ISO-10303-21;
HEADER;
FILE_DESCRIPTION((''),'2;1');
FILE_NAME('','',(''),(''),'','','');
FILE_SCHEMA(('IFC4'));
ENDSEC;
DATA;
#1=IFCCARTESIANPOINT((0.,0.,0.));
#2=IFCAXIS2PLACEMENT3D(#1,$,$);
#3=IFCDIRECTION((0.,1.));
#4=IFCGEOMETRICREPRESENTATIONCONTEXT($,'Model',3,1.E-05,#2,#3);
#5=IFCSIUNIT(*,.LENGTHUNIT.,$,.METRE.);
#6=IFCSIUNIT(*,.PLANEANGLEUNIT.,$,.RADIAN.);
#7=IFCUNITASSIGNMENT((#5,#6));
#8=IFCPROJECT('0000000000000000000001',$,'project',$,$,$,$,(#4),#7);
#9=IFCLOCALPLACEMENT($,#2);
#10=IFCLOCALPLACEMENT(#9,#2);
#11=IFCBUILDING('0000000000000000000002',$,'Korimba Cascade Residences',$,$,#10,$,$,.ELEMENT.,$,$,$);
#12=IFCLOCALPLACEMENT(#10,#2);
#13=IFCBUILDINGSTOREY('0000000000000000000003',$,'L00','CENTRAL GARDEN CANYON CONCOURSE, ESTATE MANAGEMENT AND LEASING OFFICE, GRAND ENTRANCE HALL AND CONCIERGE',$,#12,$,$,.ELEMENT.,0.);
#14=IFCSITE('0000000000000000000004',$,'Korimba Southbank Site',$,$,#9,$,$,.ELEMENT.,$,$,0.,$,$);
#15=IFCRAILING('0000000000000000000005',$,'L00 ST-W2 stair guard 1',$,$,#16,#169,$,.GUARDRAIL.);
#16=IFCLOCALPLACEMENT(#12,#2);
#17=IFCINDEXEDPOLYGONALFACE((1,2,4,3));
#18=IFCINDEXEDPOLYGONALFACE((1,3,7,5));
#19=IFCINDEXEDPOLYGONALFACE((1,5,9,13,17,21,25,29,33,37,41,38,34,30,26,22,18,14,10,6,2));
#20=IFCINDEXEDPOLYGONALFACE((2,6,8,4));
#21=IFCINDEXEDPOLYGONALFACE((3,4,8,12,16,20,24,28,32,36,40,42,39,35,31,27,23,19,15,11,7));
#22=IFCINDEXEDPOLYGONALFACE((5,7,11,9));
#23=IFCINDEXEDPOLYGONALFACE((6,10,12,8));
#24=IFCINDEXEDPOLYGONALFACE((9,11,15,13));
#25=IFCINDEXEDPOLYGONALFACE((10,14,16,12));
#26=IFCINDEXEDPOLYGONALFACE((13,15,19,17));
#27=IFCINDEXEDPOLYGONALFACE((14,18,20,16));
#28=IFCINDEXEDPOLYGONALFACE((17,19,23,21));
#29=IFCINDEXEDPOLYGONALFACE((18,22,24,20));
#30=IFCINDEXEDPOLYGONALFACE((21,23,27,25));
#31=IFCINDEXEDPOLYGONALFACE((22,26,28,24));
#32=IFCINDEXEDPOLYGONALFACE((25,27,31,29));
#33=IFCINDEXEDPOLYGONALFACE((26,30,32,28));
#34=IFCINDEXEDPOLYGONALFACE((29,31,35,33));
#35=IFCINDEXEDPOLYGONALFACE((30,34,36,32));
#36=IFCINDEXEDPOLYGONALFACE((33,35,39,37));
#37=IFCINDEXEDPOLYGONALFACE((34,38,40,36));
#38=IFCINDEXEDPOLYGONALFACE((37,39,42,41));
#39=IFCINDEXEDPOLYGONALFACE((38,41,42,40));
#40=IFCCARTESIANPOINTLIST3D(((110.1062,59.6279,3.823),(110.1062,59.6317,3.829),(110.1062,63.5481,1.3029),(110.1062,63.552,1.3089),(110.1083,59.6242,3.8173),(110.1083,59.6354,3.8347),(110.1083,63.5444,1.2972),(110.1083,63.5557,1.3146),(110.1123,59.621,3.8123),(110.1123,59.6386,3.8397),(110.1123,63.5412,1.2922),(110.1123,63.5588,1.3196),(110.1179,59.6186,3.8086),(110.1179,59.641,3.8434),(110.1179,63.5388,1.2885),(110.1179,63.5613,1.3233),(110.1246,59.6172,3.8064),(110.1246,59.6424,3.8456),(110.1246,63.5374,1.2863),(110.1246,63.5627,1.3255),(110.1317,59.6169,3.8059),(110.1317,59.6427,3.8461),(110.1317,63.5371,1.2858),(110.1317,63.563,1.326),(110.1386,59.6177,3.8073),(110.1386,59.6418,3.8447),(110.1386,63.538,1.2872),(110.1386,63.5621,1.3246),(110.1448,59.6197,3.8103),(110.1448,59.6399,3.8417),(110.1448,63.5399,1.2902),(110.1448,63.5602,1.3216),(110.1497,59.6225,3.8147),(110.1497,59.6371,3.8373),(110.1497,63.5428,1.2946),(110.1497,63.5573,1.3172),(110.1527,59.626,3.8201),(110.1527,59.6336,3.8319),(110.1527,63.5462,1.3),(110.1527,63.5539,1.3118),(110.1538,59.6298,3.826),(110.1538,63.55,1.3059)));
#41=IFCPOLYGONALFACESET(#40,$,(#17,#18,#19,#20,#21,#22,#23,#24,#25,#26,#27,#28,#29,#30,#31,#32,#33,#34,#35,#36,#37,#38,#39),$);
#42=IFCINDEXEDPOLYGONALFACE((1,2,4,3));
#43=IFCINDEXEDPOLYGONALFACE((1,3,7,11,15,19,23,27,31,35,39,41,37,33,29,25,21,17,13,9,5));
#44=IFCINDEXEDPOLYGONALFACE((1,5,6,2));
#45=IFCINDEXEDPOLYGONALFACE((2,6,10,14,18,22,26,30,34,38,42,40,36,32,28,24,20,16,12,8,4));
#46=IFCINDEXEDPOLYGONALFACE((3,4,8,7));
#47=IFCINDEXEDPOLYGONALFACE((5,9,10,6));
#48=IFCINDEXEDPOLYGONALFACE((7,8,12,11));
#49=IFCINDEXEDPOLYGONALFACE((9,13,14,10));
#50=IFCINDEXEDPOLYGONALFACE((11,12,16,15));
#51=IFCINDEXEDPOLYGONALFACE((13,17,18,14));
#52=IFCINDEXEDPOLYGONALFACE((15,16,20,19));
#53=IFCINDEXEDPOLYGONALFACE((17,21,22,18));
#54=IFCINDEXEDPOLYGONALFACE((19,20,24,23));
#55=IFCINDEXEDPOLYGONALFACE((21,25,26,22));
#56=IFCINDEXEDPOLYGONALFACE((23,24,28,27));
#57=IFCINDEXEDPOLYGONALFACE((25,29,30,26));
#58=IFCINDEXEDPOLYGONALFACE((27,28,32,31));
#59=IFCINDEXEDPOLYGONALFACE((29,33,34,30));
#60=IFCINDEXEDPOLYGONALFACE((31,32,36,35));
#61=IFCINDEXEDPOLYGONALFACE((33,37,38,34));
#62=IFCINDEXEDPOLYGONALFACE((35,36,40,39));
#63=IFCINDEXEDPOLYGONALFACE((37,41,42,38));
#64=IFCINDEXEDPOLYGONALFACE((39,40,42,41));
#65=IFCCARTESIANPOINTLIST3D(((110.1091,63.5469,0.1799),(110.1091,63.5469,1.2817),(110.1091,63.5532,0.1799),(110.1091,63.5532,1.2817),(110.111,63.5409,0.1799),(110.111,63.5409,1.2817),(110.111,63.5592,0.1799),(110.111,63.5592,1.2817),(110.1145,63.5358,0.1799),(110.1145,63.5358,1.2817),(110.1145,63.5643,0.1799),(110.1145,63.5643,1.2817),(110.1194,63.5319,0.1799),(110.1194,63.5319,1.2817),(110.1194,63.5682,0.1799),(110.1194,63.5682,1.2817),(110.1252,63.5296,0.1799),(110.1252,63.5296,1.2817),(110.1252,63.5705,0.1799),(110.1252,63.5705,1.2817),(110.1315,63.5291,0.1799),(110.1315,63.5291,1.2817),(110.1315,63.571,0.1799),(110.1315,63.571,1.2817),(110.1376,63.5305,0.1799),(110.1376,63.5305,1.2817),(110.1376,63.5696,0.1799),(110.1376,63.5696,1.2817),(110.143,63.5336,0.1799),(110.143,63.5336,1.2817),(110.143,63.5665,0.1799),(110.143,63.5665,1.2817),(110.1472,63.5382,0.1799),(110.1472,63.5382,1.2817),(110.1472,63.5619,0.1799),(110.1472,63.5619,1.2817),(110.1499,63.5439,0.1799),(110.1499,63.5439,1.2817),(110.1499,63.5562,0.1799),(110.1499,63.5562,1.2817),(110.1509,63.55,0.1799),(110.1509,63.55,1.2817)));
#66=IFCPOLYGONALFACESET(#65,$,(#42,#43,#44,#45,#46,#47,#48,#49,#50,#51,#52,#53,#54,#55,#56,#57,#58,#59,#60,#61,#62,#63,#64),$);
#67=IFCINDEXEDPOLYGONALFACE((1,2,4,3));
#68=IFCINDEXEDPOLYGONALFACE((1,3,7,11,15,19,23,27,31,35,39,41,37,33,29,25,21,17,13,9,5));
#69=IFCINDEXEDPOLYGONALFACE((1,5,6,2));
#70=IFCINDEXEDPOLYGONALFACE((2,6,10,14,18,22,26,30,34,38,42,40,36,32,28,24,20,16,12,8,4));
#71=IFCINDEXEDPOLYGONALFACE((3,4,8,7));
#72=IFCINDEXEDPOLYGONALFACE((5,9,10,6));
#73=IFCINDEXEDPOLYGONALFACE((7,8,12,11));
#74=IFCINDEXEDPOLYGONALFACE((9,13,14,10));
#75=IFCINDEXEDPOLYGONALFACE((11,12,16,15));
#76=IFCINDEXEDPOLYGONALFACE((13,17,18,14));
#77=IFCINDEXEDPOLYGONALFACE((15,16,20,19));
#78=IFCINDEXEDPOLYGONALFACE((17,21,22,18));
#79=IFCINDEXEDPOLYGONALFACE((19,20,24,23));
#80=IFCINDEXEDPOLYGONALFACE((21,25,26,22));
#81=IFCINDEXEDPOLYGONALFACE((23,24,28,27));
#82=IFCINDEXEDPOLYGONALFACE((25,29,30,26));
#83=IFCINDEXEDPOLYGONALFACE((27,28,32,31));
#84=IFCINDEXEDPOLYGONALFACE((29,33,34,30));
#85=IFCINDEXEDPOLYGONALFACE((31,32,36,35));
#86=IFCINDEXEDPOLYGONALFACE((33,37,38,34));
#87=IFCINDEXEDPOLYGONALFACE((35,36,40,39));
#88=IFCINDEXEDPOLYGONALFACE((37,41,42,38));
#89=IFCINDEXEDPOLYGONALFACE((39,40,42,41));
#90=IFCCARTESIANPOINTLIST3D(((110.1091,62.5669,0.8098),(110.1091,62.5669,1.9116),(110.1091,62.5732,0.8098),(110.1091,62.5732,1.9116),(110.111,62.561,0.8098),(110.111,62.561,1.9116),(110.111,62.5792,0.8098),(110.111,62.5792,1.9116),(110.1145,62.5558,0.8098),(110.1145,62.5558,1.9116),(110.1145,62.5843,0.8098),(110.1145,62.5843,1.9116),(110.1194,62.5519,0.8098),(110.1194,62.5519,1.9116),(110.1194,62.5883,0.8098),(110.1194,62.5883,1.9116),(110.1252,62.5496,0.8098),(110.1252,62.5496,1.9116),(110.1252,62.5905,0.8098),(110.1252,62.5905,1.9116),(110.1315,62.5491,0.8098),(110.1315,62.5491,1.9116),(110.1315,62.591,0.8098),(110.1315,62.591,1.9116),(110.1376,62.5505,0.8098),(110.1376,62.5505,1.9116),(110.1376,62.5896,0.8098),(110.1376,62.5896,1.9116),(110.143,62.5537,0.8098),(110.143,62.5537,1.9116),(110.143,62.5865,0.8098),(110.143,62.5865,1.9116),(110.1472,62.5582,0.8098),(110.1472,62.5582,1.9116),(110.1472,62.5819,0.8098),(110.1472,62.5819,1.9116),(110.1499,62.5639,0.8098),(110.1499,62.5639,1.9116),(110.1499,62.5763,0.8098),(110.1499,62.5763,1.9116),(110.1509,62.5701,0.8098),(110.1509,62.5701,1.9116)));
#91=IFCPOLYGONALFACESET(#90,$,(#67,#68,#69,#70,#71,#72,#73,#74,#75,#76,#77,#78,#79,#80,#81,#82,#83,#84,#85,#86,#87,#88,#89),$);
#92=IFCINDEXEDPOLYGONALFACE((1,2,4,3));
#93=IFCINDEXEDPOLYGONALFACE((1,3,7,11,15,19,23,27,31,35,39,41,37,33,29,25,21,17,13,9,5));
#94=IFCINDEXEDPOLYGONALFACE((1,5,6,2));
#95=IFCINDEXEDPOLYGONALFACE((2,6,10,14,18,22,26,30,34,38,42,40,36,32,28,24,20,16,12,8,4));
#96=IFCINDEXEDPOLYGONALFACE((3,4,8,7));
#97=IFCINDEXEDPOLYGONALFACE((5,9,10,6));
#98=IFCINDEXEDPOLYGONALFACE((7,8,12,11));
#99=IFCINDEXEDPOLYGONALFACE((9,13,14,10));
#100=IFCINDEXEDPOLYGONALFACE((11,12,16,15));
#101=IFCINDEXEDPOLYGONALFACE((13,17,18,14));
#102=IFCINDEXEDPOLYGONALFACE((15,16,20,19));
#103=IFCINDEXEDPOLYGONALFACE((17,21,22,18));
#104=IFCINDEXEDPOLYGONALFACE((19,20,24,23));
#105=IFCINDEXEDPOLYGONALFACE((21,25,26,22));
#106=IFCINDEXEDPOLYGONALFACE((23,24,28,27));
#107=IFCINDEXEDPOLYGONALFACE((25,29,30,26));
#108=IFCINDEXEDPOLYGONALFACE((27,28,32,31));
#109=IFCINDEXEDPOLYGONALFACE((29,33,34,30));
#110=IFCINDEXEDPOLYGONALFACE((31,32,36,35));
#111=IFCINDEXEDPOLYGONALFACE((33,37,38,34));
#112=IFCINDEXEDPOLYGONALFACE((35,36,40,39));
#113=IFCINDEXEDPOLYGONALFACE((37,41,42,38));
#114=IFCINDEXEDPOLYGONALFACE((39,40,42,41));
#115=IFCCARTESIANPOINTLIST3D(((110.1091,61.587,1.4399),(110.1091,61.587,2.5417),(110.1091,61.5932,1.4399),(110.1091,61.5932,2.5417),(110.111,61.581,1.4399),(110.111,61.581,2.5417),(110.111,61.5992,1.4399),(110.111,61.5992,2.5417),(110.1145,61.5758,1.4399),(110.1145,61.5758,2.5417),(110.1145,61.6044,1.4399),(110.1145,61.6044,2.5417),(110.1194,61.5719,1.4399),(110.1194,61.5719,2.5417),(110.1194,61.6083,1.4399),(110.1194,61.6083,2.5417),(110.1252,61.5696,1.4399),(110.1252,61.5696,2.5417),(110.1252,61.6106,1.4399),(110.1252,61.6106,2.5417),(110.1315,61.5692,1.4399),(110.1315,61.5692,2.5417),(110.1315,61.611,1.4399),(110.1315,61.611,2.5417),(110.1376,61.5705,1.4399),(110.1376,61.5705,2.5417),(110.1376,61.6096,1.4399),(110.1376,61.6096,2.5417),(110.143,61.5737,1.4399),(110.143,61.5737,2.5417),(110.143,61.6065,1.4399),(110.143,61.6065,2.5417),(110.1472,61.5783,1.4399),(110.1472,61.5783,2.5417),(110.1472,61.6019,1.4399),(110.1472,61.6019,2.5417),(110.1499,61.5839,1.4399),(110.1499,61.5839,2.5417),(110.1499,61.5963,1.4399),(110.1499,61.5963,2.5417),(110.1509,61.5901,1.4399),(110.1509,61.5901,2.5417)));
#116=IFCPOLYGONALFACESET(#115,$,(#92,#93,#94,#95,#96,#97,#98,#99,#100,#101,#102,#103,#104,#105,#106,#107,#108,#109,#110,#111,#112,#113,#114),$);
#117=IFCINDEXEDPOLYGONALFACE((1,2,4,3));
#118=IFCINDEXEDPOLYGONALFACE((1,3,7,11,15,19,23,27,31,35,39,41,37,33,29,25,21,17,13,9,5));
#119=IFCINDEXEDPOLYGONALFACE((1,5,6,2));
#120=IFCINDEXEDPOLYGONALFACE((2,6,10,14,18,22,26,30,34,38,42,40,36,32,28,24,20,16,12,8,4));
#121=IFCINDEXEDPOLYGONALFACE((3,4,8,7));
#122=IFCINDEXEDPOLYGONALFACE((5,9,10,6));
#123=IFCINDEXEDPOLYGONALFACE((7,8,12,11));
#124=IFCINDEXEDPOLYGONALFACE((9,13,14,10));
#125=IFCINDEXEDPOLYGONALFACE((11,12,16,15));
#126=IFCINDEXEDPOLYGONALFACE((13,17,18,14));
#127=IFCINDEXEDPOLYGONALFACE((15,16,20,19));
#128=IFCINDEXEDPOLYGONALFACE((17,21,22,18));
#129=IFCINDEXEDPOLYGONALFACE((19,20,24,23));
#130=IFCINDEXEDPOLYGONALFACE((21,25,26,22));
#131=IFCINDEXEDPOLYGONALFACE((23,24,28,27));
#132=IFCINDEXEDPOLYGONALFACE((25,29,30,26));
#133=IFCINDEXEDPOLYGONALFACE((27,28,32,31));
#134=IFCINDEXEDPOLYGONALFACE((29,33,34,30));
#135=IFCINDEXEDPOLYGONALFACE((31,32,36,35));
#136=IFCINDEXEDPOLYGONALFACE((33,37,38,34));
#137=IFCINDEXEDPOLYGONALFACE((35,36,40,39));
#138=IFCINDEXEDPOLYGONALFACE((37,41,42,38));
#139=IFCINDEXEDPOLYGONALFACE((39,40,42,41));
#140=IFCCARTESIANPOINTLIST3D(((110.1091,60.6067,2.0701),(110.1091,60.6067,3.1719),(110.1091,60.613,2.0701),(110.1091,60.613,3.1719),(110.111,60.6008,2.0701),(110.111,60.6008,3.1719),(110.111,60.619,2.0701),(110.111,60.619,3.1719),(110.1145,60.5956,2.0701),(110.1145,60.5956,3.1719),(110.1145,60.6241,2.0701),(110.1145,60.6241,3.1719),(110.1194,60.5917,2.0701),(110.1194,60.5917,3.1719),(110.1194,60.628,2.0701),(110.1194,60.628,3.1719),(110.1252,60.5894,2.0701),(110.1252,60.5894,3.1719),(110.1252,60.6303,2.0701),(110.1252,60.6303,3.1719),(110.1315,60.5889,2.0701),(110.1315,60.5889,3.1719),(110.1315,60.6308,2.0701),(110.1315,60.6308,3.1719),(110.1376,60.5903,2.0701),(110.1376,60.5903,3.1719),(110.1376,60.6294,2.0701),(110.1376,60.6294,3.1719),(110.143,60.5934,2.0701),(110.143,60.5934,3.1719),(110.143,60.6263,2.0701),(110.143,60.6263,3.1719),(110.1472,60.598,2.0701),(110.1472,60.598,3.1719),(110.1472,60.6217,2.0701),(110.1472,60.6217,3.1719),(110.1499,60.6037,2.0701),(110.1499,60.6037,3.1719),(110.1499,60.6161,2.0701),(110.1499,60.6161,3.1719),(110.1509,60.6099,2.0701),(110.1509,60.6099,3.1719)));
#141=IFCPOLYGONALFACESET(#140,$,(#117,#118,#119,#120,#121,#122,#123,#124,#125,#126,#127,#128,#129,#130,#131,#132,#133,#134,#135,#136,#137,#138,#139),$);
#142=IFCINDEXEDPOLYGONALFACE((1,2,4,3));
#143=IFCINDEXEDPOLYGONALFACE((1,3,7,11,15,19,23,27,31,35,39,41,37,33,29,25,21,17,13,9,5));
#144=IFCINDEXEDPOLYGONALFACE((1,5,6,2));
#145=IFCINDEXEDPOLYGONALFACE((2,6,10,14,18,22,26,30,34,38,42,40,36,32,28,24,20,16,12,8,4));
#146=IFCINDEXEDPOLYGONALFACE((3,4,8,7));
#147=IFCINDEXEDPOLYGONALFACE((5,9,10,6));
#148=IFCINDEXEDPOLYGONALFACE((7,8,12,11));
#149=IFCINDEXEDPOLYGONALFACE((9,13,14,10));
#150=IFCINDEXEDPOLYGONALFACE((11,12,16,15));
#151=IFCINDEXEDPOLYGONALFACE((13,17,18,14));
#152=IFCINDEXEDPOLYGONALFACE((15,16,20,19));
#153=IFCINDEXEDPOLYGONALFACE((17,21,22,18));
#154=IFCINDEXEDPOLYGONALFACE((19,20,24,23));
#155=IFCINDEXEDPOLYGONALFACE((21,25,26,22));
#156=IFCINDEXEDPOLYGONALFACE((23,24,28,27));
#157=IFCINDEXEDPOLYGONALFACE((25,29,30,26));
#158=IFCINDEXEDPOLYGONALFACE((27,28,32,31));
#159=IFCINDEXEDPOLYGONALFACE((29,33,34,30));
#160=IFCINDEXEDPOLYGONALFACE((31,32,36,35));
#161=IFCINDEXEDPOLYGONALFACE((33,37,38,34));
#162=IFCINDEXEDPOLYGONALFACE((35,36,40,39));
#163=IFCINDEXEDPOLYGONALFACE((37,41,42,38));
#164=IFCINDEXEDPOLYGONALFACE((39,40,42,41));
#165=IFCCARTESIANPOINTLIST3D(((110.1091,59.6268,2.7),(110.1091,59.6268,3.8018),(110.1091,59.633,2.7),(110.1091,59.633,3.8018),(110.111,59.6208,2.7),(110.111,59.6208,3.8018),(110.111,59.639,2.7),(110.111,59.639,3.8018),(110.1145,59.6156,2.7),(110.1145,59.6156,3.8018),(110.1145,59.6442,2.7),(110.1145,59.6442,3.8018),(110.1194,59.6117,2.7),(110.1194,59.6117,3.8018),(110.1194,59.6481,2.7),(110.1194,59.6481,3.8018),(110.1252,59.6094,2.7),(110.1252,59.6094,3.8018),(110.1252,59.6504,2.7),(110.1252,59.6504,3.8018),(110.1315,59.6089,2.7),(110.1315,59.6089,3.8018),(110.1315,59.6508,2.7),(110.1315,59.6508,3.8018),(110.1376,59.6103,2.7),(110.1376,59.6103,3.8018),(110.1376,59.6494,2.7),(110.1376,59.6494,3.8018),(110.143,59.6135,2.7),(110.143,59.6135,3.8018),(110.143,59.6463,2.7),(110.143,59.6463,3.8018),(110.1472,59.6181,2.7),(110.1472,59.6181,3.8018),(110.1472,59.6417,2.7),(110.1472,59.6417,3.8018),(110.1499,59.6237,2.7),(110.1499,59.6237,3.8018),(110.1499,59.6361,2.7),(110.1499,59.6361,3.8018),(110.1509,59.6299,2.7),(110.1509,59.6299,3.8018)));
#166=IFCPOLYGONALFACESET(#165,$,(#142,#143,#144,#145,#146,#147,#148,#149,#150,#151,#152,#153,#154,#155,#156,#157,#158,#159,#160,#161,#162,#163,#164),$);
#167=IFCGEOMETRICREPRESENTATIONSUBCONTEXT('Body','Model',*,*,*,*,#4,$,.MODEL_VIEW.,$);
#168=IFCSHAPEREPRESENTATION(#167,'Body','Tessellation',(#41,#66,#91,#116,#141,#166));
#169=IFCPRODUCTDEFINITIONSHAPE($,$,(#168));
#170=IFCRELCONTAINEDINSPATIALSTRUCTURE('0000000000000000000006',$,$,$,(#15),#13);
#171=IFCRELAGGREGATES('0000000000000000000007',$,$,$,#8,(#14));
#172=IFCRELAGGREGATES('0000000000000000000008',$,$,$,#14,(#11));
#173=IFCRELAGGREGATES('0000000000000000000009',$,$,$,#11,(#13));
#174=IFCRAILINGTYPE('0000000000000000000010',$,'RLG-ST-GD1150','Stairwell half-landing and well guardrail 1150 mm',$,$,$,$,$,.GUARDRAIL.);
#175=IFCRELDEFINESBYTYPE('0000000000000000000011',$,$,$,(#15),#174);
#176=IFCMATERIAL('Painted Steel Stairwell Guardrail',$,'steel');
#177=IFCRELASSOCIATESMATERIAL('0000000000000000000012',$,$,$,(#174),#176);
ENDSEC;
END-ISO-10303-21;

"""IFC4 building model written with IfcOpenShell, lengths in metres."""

from ifc_helpers import new_model, si_unit, direction, frame, origin, origin_2d, place, context, subcontext, project, spatial, circle, extrude, material, type_object, element, save


model = new_model("IFC4")

# Units and contexts
model_context = context("Model", 3, precision=1e-05, world=origin(), true_north=direction((0.0, 1.0)))
body_context = subcontext(model_context, "Body", "Model", "MODEL_VIEW")
ifc_project = project(units=[si_unit("LENGTHUNIT", "METRE"), si_unit("PLANEANGLEUNIT", "RADIAN")], contexts=[model_context])

# Site, building, storey
site_placement = place(None, origin())
site = spatial("IfcSite", under=ifc_project, at=site_placement, Name="Korimba Southbank Site", CompositionType="ELEMENT", RefElevation=0.0)
building_placement = place(site_placement, origin())
building = spatial("IfcBuilding", under=site, at=building_placement, Name="Korimba Cascade Residences", CompositionType="ELEMENT")
storey_placement = place(building_placement, origin())
storey = spatial("IfcBuildingStorey", under=building, at=storey_placement, Name="L00", Description="CENTRAL GARDEN CANYON CONCOURSE, ESTATE MANAGEMENT AND LEASING OFFICE, GRAND ENTRANCE HALL AND CONCIERGE", CompositionType="ELEMENT", Elevation=0.0)

# Railing
ifc_material_1 = material(Name="Painted Steel Stairwell Guardrail", Category="steel")
railing_type_1 = type_object("IfcRailingType", Name="RLG-ST-GD1150", Description="Stairwell half-landing and well guardrail 1150 mm", PredefinedType="GUARDRAIL", material=ifc_material_1)
railing_1_placement = place(storey_placement, frame((110.1299, 63.55, 0.1799)))
element("IfcRailing", 1, at=railing_1_placement, inside=storey, type_object=railing_type_1, Name="L00 ST-W2 stair guard 1", PredefinedType="GUARDRAIL", context=body_context, shape_type="SweptSolid", body=[
    extrude(circle(Radius=0.0239, at=origin_2d()), frame((0.0, 0.0, 1.126), z_axis=(0.0, -0.841187, 0.540744), x_axis=(1.0, 0.0, 0.0)), (0.0, 0.0, 1.0), 4.6604),
    extrude(circle(Radius=0.021, at=origin_2d()), origin(), (0.0, 0.0, 1.0), 1.1018),
    extrude(circle(Radius=0.021, at=origin_2d()), frame((0.0, -0.98, 0.6299)), (0.0, 0.0, 1.0), 1.1018),
    extrude(circle(Radius=0.021, at=origin_2d()), frame((0.0, -1.96, 1.26)), (0.0, 0.0, 1.0), 1.1018),
    extrude(circle(Radius=0.021, at=origin_2d()), frame((0.0, -2.9402, 1.8901)), (0.0, 0.0, 1.0), 1.1018),
    extrude(circle(Radius=0.021, at=origin_2d()), frame((0.0, -3.9202, 2.52)), (0.0, 0.0, 1.0), 1.1018),
])

save(model, "model.ifc")
